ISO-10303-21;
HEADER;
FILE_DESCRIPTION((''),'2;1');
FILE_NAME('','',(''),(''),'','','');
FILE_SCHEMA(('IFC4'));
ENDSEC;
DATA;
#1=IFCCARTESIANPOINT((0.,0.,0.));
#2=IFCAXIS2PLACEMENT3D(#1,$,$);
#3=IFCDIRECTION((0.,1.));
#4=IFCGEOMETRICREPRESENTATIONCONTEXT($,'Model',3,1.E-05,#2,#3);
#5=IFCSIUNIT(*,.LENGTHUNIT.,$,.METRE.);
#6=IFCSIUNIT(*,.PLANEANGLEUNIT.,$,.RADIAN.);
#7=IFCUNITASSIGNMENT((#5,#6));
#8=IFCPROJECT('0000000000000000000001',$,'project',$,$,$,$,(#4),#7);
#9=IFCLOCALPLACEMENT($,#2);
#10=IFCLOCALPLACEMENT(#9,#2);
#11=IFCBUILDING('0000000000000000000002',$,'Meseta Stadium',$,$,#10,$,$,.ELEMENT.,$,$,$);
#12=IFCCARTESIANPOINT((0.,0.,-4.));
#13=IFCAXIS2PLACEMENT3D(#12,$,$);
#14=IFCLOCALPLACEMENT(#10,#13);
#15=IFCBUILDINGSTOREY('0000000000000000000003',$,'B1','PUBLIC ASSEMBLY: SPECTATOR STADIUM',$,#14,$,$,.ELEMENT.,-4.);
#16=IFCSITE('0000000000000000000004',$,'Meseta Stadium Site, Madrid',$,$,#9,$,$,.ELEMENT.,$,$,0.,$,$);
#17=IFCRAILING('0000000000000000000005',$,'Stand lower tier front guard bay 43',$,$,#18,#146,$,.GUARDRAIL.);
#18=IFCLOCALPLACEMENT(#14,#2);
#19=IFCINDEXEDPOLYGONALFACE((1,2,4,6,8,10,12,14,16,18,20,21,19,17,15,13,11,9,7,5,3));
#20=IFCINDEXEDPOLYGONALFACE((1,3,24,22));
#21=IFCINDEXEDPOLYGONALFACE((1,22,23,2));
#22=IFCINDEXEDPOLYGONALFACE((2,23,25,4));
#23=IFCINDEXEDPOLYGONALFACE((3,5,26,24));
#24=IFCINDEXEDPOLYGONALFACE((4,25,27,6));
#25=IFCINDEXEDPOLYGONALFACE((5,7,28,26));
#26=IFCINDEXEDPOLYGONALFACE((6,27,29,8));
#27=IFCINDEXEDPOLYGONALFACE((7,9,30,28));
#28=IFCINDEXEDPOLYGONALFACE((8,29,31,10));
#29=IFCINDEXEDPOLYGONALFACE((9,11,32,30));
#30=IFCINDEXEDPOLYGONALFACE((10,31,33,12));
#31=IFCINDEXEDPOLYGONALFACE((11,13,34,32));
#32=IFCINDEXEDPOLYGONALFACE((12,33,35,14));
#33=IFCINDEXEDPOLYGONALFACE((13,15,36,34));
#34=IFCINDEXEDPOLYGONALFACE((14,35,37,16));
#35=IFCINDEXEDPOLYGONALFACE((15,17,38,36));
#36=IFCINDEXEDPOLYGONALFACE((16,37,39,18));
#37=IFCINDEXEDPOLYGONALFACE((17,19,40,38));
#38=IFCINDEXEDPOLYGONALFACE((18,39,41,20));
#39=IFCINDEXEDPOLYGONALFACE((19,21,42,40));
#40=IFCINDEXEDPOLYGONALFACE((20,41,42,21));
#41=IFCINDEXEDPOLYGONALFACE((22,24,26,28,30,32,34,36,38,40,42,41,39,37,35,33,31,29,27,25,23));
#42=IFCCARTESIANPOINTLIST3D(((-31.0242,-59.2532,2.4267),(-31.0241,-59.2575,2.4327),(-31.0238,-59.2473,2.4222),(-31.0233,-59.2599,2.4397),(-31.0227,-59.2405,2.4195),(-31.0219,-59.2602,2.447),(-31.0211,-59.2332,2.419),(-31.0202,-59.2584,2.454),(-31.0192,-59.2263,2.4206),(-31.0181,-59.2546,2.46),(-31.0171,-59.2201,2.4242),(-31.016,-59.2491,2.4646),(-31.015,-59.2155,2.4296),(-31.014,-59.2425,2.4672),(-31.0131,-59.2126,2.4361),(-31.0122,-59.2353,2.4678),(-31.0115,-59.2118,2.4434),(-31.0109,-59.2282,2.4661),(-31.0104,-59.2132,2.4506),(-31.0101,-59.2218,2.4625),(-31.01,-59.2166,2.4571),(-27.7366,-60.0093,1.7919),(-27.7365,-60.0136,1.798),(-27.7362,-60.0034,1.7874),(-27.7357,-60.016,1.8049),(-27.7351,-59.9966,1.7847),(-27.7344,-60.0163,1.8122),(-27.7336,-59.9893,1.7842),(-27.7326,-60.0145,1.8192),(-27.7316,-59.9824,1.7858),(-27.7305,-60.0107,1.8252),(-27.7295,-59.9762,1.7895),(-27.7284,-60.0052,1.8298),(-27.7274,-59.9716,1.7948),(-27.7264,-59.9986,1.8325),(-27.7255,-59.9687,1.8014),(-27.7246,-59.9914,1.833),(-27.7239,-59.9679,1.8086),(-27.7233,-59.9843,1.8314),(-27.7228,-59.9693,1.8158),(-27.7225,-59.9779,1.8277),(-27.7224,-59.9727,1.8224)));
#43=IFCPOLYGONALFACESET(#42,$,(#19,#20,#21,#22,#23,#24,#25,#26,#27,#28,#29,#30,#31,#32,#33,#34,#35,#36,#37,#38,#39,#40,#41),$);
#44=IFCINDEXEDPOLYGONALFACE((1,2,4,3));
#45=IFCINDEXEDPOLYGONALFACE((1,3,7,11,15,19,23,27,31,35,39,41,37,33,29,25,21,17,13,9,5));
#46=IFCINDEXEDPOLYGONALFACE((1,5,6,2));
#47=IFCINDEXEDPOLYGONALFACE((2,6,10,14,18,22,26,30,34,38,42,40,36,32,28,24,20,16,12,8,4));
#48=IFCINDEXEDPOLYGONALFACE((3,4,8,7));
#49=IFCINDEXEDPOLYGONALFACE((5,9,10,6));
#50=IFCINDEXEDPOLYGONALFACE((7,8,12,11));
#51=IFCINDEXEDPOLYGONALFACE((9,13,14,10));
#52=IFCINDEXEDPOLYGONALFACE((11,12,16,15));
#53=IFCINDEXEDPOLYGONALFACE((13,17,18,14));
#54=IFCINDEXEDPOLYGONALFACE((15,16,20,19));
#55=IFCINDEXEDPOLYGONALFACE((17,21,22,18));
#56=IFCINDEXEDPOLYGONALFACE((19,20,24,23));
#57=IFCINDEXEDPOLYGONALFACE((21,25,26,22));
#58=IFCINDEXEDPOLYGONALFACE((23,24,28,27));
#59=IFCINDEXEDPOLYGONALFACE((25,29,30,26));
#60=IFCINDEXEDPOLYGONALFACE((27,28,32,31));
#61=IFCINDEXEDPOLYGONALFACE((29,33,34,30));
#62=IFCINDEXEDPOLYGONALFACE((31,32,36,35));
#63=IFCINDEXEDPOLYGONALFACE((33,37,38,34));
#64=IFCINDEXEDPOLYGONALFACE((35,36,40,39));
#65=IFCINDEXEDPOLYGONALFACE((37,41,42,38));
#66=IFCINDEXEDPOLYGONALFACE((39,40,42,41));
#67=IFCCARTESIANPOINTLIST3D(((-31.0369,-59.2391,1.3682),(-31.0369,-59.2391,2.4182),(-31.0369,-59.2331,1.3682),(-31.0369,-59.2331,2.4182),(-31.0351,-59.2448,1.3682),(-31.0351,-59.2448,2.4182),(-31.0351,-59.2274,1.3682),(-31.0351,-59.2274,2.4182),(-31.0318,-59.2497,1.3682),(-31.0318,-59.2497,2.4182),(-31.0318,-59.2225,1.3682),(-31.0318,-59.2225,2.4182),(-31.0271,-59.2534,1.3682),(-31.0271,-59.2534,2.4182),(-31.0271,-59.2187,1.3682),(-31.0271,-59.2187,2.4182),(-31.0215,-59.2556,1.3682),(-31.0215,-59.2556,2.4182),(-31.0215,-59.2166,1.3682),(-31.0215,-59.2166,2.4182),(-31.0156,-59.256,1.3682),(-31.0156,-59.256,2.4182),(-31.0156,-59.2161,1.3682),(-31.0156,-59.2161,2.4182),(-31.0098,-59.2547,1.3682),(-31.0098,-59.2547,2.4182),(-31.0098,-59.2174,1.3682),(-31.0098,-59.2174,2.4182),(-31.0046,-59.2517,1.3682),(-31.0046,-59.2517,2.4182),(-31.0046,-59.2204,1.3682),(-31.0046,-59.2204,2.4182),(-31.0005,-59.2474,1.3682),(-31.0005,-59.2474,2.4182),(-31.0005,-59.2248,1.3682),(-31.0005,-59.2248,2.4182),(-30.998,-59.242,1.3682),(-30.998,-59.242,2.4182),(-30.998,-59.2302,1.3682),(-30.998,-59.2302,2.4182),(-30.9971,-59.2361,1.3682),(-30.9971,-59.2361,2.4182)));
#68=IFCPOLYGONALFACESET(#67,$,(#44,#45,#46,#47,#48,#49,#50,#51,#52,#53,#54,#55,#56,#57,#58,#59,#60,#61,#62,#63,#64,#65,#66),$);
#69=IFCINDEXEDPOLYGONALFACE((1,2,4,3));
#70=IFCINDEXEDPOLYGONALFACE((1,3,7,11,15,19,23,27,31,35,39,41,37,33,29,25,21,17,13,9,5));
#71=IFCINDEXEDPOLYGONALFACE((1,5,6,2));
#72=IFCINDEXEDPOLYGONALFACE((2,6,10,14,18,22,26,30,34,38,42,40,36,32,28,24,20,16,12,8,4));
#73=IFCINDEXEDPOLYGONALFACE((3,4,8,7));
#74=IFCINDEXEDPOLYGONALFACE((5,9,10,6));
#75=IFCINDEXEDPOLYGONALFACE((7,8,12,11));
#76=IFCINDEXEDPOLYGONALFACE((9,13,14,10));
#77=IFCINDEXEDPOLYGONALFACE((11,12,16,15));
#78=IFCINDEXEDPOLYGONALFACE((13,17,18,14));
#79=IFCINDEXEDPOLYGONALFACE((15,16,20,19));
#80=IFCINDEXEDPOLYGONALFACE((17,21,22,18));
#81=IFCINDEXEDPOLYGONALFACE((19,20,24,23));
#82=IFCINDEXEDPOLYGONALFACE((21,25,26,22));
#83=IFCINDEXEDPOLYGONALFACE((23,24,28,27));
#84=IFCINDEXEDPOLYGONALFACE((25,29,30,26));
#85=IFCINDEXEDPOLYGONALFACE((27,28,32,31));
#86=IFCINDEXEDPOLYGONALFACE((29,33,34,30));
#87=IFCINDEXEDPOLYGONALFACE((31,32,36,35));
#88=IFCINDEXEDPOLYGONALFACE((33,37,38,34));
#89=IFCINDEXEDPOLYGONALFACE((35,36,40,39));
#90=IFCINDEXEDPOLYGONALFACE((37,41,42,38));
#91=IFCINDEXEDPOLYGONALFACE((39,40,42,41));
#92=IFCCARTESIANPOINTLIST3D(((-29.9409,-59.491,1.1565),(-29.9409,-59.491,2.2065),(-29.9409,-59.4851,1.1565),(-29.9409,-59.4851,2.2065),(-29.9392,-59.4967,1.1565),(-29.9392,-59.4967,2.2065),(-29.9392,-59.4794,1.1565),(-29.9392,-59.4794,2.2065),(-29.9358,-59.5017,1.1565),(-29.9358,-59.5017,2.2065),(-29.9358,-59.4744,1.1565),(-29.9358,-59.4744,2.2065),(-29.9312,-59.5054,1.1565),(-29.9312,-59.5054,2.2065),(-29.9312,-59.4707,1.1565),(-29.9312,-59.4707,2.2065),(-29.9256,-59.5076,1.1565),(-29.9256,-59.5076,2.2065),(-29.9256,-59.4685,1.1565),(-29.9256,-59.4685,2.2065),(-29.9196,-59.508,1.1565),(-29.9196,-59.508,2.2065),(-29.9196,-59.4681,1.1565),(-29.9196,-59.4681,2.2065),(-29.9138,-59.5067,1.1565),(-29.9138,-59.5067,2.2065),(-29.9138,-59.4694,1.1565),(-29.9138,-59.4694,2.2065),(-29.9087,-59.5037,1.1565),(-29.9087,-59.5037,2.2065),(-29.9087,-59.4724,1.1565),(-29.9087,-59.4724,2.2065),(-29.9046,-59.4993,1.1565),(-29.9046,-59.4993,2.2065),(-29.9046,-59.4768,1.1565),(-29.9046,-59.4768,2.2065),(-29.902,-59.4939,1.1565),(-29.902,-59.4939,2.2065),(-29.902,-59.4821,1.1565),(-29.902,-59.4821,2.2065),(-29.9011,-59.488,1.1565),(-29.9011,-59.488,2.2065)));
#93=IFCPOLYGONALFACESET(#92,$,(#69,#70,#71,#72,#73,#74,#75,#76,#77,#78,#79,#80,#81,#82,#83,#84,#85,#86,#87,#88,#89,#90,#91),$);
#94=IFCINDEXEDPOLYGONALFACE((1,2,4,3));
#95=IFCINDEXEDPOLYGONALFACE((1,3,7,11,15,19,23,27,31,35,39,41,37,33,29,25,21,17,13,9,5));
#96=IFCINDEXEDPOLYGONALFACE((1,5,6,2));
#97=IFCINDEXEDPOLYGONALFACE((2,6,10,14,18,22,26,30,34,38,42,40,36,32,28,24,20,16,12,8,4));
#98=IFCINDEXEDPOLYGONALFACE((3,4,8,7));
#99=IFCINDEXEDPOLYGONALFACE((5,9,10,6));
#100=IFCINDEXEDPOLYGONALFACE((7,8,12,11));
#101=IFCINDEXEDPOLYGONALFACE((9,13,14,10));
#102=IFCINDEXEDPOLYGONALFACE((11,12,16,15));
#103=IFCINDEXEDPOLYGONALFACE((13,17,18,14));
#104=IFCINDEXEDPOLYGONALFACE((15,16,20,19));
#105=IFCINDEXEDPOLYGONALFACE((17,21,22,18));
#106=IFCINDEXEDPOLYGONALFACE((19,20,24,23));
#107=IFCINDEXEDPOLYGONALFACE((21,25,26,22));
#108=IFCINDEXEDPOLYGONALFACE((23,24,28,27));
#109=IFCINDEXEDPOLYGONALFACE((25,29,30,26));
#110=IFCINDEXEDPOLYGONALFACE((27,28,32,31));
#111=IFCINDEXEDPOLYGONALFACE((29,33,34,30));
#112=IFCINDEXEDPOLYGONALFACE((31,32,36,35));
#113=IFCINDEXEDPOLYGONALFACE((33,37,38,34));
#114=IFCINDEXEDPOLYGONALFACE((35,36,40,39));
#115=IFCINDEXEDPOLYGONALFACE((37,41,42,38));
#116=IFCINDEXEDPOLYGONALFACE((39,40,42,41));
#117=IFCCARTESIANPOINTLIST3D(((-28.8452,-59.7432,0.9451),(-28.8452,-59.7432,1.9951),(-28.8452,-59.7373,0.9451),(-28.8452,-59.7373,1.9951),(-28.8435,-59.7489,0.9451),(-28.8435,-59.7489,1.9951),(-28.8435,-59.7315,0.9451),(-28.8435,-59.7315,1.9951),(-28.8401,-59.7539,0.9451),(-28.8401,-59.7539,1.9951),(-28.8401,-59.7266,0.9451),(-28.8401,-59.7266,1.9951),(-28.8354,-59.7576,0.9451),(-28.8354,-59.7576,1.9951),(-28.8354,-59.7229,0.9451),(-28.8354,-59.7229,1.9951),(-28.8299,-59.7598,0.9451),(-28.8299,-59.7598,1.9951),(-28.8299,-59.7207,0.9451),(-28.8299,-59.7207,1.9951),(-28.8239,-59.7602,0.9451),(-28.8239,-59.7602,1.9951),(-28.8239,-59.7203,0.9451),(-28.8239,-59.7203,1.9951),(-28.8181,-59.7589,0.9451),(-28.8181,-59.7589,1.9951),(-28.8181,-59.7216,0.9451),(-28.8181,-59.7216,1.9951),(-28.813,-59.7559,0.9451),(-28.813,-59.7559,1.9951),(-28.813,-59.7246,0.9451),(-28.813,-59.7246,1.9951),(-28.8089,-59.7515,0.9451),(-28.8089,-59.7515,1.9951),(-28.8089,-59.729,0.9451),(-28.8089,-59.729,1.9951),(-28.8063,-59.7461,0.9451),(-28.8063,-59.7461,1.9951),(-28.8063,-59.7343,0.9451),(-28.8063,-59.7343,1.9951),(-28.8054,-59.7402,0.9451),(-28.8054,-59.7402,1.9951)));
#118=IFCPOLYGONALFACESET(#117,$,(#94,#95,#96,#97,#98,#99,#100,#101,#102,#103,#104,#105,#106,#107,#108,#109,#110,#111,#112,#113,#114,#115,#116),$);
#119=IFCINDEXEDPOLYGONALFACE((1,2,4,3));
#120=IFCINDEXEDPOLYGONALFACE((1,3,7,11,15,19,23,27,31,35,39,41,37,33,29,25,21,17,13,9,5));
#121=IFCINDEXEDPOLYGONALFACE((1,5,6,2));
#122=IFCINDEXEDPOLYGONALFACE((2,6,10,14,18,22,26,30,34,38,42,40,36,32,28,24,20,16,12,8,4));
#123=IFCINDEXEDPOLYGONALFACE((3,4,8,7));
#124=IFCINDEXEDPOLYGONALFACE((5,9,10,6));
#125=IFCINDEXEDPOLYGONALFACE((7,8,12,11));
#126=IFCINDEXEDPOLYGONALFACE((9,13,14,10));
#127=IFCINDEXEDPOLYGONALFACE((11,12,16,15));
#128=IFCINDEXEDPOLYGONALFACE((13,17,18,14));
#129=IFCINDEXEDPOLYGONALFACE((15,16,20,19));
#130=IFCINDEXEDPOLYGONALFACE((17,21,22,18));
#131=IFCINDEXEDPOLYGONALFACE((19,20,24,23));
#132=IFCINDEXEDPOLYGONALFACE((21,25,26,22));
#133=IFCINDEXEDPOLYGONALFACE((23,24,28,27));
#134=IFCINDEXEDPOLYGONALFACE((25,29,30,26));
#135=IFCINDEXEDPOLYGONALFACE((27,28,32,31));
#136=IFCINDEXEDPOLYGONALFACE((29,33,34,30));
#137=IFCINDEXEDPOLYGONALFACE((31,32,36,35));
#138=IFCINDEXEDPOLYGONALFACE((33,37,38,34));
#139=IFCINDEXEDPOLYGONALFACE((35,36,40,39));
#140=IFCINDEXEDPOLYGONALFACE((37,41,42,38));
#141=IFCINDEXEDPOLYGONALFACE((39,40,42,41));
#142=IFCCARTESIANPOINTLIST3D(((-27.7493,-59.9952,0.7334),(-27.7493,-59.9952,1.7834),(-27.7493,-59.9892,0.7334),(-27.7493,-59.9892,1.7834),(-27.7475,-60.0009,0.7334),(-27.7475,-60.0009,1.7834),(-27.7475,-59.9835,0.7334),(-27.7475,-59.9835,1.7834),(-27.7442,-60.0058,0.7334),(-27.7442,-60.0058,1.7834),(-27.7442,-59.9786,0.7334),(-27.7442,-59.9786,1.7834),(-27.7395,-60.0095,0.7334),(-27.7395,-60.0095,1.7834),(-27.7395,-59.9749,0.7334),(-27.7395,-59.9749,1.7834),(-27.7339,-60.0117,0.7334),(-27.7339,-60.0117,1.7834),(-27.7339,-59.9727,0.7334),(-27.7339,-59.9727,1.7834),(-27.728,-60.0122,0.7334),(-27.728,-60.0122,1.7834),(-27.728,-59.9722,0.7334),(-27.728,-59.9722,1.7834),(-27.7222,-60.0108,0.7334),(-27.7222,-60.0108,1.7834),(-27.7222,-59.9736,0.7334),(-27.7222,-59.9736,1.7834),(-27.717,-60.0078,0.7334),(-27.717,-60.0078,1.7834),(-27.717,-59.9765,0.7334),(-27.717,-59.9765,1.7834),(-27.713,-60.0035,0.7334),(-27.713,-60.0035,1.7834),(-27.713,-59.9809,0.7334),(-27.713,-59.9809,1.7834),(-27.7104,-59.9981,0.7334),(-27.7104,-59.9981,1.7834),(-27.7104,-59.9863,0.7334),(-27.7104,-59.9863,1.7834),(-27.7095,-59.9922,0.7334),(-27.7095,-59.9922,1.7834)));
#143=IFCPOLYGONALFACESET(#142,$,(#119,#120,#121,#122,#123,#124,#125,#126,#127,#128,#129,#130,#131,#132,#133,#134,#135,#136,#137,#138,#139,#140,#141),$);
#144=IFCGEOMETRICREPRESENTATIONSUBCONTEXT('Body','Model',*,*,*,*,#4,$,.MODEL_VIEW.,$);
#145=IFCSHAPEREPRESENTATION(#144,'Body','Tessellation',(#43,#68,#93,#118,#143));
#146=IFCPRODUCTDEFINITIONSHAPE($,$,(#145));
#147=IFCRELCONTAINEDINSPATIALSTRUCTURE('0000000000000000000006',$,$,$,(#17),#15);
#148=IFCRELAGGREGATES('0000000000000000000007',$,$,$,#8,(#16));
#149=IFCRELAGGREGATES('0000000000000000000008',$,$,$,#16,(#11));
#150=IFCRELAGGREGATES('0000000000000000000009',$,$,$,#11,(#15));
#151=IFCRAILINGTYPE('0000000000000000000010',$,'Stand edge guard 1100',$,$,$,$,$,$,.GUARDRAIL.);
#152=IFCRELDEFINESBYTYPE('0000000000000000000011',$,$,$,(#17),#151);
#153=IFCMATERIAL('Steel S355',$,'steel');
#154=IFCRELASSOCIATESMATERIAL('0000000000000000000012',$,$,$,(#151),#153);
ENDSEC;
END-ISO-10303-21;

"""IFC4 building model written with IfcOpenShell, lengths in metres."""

from ifc_helpers import new_model, si_unit, direction, frame, origin, origin_2d, place, context, subcontext, project, spatial, circle, extrude, material, type_object, element, save


model = new_model("IFC4")

# Units and contexts
model_context = context("Model", 3, precision=1e-05, world=origin(), true_north=direction((0.0, 1.0)))
body_context = subcontext(model_context, "Body", "Model", "MODEL_VIEW")
ifc_project = project(units=[si_unit("LENGTHUNIT", "METRE"), si_unit("PLANEANGLEUNIT", "RADIAN")], contexts=[model_context])

# Site, building, storey
site_placement = place(None, origin())
site = spatial("IfcSite", under=ifc_project, at=site_placement, Name="Meseta Stadium Site, Madrid", CompositionType="ELEMENT", RefElevation=0.0)
building_placement = place(site_placement, origin())
building = spatial("IfcBuilding", under=site, at=building_placement, Name="Meseta Stadium", CompositionType="ELEMENT")
storey_placement = place(building_placement, frame((0.0, 0.0, -4.0)))
storey = spatial("IfcBuildingStorey", under=building, at=storey_placement, Name="B1", Description="PUBLIC ASSEMBLY: SPECTATOR STADIUM", CompositionType="ELEMENT", Elevation=-4.0)

# Railing
ifc_material_1 = material(Name="Steel S355", Category="steel")
railing_type = type_object("IfcRailingType", Name="Stand edge guard 1100", PredefinedType="GUARDRAIL", material=ifc_material_1)
railing_1_placement = place(storey_placement, frame((-31.0171, -59.2361, 1.3682)))
element("IfcRailing", 1, at=railing_1_placement, inside=storey, type_object=railing_type, Name="Stand lower tier front guard bay 43", PredefinedType="GUARDRAIL", context=body_context, shape_type="SweptSolid", body=[
    extrude(circle(Radius=0.0249, at=origin_2d()), frame((0.0, 0.0, 1.0752), z_axis=(0.95775, -0.22027, -0.184921), x_axis=(0.224135, 0.974558, 0.0)), (0.0, 0.0, 1.0), 3.4326),
    extrude(circle(Radius=0.02, at=origin_2d()), origin(), (0.0, 0.0, 1.0), 1.05),
    extrude(circle(Radius=0.02, at=origin_2d()), frame((1.0959, -0.252, -0.2117)), (0.0, 0.0, 1.0), 1.05),
    extrude(circle(Radius=0.02, at=origin_2d()), frame((2.1917, -0.5042, -0.4231)), (0.0, 0.0, 1.0), 1.05),
    extrude(circle(Radius=0.02, at=origin_2d()), frame((3.2876, -0.7561, -0.6348)), (0.0, 0.0, 1.0), 1.05),
])

save(model, "model.ifc")
